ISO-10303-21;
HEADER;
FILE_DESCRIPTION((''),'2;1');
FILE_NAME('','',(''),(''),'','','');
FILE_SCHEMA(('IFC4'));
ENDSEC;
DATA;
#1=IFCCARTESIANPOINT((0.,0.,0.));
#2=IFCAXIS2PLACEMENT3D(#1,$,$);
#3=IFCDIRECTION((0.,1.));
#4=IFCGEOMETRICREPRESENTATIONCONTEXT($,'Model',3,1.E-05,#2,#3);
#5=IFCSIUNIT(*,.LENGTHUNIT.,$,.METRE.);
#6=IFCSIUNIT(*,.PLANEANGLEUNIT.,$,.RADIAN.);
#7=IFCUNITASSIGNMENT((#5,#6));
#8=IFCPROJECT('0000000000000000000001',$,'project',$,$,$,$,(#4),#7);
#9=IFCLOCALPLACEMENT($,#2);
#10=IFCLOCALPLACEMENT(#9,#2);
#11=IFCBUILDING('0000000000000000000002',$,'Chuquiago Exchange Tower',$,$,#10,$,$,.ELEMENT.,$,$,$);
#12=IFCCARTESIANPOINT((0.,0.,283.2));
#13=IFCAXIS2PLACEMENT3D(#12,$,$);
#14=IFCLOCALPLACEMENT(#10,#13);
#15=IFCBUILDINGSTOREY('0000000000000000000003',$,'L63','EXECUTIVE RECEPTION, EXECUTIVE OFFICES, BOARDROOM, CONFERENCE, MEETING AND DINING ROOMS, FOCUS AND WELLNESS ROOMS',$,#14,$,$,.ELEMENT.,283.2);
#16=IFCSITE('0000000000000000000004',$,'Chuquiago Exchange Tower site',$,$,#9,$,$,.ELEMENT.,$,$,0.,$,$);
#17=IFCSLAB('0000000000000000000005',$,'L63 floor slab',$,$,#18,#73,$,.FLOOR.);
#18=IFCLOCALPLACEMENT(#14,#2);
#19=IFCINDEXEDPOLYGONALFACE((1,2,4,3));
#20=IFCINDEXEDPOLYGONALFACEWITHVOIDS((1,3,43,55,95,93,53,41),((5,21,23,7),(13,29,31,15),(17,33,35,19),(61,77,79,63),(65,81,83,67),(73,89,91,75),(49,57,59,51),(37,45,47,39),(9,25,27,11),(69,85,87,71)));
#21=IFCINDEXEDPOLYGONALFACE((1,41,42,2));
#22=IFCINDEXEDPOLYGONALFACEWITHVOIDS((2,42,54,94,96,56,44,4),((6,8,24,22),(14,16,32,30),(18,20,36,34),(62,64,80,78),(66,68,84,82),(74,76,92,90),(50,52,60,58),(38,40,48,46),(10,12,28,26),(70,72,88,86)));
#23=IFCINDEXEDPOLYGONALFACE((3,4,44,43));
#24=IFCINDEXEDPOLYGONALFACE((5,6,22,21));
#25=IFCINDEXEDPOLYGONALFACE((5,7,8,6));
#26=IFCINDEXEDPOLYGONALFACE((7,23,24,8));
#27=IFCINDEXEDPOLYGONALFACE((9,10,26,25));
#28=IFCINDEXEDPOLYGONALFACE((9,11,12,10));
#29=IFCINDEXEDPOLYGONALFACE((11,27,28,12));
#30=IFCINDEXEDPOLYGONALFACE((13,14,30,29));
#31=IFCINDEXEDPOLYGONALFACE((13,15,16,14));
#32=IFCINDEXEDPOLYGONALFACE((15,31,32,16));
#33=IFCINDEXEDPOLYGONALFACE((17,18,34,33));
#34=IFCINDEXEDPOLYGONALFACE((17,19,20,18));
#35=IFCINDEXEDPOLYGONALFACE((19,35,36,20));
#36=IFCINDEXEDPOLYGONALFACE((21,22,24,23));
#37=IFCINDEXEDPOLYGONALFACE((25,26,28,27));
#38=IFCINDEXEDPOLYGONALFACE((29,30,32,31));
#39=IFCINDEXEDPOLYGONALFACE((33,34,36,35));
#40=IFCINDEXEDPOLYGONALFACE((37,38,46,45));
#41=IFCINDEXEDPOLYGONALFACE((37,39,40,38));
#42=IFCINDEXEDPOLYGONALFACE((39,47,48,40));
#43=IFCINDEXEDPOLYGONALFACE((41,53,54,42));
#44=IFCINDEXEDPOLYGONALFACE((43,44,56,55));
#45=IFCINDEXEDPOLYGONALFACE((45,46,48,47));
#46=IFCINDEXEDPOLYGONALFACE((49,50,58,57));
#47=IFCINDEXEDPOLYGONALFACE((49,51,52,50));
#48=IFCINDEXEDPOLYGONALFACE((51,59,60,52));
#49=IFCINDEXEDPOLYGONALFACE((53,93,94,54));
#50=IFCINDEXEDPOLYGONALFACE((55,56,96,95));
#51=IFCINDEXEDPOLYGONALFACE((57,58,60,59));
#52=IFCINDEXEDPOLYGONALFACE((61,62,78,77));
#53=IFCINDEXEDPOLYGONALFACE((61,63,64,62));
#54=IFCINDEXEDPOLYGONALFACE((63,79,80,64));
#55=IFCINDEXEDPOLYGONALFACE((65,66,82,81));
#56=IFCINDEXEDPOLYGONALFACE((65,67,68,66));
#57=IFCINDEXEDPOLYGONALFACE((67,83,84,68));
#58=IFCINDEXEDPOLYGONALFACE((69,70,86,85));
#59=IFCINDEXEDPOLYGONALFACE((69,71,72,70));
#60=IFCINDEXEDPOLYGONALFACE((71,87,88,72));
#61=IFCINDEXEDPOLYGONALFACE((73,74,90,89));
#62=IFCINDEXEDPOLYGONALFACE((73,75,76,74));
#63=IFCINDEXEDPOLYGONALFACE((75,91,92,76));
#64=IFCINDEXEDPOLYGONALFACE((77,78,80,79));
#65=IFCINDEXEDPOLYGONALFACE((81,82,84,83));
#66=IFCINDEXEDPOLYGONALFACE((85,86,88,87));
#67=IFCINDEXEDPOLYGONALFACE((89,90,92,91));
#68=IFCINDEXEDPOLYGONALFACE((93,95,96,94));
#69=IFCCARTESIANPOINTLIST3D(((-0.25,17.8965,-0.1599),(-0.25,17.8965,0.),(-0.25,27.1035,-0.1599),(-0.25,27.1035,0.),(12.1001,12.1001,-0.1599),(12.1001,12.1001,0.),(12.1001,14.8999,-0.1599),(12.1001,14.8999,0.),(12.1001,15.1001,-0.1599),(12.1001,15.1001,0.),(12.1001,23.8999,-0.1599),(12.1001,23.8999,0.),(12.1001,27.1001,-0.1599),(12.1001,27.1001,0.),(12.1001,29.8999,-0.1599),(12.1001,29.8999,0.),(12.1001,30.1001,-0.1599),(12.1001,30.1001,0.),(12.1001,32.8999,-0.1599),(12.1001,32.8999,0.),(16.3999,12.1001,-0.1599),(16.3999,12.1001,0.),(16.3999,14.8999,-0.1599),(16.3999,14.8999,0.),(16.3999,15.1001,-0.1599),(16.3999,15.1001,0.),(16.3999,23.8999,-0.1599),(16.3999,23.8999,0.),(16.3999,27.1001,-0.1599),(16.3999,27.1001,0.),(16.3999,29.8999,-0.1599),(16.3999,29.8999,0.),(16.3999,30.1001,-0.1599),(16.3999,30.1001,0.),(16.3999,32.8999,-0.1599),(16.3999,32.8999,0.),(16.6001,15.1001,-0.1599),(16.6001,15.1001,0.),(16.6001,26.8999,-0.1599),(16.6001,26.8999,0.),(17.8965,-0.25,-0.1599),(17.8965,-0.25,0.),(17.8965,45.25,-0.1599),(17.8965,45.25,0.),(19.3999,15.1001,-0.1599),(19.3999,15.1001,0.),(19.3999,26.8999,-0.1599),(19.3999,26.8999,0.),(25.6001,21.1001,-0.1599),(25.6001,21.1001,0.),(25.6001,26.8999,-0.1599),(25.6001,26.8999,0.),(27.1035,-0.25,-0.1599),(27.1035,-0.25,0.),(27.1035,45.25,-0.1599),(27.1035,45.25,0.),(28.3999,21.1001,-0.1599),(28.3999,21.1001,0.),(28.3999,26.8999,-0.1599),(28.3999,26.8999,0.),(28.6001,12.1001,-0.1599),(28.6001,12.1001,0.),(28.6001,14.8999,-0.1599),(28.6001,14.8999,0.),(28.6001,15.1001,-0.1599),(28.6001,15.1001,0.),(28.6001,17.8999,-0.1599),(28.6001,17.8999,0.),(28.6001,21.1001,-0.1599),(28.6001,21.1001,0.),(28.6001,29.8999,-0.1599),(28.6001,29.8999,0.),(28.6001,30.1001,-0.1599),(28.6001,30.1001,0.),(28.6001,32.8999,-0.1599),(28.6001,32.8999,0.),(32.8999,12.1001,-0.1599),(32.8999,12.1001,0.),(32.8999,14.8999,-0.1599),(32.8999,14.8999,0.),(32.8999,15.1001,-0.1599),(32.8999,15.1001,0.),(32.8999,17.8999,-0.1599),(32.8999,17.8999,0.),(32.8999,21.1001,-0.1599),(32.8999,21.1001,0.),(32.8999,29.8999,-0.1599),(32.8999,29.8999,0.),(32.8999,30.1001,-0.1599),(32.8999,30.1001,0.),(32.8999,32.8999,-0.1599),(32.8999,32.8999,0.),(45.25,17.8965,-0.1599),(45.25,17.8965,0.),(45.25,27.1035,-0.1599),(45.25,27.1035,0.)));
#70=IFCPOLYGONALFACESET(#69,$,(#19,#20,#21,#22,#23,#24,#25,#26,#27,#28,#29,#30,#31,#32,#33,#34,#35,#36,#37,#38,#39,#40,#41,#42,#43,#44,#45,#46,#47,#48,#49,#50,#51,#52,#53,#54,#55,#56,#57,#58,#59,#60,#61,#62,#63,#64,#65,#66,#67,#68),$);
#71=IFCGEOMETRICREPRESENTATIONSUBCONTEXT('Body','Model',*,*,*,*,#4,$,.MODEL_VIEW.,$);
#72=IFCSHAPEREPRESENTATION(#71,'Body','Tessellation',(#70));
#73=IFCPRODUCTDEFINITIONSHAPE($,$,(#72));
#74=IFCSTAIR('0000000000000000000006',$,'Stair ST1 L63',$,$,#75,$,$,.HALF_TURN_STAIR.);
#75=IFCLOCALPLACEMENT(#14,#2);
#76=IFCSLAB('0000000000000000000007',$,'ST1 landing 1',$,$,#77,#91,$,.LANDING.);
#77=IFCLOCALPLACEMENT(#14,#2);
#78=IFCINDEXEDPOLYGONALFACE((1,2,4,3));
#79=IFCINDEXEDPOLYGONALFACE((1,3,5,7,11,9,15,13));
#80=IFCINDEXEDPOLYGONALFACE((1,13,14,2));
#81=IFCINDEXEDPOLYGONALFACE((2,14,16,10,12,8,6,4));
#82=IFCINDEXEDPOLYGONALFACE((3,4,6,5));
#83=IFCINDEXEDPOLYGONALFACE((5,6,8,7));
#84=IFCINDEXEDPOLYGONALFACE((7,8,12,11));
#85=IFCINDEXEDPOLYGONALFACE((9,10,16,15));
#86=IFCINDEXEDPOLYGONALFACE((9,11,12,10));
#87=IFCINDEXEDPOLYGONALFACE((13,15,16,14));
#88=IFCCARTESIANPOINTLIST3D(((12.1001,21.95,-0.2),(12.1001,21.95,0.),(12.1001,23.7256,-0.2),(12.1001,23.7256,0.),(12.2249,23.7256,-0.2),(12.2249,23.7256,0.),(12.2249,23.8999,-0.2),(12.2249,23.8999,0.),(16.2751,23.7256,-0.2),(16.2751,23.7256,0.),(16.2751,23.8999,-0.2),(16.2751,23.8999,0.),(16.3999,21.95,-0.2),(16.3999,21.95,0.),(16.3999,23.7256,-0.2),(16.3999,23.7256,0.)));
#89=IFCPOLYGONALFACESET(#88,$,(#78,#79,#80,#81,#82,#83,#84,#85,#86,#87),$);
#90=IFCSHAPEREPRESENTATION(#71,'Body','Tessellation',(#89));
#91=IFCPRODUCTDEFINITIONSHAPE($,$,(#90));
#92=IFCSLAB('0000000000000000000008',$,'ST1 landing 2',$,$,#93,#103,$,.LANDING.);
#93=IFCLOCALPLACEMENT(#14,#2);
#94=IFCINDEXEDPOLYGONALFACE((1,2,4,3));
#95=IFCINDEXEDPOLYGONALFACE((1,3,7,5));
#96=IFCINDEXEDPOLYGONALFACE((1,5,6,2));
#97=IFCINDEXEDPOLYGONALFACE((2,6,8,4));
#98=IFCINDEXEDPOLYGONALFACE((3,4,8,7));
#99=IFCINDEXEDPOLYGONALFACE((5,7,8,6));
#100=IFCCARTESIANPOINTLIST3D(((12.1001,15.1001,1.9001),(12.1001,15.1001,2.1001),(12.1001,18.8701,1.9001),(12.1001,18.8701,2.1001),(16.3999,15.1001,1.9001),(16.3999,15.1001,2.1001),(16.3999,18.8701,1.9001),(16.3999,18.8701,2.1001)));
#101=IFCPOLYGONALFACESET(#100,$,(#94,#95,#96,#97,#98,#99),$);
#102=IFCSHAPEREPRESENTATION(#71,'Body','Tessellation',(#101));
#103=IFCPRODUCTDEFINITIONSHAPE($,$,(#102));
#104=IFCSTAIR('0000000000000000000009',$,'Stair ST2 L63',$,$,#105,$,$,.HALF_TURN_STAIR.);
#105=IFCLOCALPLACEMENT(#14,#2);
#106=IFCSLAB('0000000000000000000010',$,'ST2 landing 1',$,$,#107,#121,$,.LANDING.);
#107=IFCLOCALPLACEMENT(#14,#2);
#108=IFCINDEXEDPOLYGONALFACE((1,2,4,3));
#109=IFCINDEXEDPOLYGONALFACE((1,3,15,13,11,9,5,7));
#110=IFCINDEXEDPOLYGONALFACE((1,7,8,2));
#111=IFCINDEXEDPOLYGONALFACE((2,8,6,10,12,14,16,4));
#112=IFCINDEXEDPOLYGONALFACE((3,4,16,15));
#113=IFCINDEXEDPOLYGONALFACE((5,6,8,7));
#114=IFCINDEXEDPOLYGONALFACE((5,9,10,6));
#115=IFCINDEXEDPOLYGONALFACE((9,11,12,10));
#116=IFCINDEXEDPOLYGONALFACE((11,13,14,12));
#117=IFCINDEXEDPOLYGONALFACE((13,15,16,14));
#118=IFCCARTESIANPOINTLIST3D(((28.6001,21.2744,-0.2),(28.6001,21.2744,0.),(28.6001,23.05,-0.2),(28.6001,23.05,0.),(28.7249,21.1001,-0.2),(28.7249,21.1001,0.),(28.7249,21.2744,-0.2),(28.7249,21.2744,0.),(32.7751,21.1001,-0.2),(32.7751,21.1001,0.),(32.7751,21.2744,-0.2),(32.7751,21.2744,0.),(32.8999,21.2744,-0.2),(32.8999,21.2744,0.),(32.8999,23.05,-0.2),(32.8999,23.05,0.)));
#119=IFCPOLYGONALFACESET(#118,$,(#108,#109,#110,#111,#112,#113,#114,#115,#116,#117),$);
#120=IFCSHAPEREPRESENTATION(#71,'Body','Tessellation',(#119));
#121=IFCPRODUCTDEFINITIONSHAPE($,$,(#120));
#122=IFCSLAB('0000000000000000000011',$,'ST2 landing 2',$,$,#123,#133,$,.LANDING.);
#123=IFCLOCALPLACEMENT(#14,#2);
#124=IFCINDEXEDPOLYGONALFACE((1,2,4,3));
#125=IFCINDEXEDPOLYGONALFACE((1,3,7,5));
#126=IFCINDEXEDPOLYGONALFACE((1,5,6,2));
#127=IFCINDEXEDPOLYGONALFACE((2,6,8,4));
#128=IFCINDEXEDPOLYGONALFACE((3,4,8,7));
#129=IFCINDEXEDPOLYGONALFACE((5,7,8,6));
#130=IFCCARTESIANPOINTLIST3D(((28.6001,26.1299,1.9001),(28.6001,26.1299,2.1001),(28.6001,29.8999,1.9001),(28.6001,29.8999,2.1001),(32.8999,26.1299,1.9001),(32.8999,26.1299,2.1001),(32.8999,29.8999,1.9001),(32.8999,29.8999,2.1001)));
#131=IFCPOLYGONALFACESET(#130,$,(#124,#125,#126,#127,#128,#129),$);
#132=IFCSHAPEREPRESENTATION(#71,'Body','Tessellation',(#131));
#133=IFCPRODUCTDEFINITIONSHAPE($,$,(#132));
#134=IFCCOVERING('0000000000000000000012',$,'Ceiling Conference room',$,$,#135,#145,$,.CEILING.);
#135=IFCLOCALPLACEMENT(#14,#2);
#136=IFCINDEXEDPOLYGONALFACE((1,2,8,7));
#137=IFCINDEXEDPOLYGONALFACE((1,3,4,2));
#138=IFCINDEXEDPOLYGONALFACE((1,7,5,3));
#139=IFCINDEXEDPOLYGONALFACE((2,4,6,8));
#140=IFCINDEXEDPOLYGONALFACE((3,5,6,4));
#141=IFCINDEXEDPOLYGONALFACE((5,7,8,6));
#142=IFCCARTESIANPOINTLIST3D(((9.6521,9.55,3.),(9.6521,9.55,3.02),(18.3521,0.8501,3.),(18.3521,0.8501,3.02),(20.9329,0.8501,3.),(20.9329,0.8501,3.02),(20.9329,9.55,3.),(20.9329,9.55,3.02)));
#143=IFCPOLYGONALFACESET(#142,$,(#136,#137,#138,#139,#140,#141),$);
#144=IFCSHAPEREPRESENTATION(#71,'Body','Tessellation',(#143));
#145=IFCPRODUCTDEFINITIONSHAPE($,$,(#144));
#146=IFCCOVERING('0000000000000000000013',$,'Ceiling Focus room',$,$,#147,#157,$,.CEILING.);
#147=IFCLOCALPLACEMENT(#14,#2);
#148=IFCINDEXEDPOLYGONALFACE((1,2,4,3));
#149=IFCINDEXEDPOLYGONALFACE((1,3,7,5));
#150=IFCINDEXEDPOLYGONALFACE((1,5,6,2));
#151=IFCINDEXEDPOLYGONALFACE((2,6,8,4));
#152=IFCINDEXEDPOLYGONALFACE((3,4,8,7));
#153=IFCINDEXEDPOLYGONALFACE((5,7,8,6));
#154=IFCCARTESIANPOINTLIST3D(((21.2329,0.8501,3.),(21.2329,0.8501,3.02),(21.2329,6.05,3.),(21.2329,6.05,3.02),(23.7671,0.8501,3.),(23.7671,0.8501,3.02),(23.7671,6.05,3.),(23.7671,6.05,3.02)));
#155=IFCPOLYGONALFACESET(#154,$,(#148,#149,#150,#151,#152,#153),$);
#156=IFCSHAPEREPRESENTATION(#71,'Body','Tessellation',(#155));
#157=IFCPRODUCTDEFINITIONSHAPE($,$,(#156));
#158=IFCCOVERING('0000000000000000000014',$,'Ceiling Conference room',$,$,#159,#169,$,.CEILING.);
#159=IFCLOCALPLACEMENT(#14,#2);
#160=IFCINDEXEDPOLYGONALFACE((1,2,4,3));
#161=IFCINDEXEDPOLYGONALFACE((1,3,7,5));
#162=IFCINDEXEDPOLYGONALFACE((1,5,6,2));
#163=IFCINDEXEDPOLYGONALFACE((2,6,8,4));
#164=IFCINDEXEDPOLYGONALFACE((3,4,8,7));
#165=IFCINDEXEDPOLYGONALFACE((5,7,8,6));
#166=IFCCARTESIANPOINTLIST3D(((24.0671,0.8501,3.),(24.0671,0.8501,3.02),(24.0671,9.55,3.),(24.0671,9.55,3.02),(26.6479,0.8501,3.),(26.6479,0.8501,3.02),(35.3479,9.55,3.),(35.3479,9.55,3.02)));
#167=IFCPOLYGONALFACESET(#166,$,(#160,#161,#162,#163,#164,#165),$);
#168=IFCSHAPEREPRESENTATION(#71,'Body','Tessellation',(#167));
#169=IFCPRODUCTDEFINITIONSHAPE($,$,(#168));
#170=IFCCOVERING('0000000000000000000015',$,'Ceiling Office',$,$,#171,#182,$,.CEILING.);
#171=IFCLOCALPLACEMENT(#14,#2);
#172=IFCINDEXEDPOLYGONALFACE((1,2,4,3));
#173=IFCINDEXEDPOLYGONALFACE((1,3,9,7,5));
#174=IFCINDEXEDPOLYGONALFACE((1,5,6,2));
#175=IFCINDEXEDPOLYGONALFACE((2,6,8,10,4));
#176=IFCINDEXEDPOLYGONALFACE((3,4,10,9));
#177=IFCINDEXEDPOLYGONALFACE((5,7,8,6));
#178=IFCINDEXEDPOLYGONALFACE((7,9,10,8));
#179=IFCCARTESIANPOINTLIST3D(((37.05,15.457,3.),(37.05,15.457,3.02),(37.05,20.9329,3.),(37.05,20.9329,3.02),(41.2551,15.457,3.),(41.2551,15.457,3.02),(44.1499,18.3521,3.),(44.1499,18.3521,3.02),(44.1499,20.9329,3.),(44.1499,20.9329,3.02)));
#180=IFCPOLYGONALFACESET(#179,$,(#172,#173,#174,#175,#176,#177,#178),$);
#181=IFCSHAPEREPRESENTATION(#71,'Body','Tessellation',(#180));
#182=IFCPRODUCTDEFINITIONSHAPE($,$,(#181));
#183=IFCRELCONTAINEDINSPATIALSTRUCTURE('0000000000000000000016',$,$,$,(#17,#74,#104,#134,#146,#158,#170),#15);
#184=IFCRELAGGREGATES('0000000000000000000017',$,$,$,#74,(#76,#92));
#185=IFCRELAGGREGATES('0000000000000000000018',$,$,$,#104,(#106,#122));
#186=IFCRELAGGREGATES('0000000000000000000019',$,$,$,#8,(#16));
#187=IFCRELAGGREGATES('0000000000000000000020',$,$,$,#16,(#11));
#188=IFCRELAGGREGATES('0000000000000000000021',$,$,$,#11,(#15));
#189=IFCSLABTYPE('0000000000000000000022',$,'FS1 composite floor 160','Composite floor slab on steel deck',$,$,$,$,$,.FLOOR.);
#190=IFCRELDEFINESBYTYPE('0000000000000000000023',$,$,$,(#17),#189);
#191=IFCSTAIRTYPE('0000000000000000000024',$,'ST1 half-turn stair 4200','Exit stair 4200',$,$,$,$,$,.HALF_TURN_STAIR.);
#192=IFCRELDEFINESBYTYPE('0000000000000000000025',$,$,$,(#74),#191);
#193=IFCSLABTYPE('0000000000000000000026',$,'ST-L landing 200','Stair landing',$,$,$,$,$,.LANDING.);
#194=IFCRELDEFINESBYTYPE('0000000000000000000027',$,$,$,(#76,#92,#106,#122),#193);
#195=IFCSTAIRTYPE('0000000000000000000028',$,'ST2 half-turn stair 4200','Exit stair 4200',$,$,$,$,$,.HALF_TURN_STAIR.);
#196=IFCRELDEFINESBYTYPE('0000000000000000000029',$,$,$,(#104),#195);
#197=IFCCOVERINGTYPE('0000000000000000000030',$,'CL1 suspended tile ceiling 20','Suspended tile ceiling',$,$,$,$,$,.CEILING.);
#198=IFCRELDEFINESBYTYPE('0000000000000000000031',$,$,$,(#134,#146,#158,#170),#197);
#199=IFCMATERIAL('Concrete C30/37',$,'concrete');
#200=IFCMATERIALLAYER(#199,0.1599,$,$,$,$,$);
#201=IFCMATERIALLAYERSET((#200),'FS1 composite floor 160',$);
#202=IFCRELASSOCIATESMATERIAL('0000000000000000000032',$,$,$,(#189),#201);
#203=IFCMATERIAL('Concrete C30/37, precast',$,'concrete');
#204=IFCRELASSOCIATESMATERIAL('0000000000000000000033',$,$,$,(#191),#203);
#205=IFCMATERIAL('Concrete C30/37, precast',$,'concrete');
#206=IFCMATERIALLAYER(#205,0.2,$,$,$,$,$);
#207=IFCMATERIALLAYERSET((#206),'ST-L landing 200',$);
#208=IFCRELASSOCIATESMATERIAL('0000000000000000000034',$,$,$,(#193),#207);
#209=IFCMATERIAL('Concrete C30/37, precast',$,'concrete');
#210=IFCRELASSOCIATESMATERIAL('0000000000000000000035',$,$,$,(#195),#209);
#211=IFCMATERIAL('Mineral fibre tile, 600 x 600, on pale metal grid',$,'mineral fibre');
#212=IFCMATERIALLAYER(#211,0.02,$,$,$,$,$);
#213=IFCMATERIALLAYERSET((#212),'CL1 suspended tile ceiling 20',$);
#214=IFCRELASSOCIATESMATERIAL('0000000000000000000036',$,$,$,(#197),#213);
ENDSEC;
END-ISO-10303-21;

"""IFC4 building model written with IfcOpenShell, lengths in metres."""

from ifc_helpers import new_model, si_unit, direction, frame, origin, place, context, subcontext, project, spatial, polyline, outline, extrude, material, layer, layer_set, type_object, element, aggregate, save


model = new_model("IFC4")

# Units and contexts
model_context = context("Model", 3, precision=1e-05, world=origin(), true_north=direction((0.0, 1.0)))
body_context = subcontext(model_context, "Body", "Model", "MODEL_VIEW")
ifc_project = project(units=[si_unit("LENGTHUNIT", "METRE"), si_unit("PLANEANGLEUNIT", "RADIAN")], contexts=[model_context])

# Site, building, storey
site_placement = place(None, origin())
site = spatial("IfcSite", under=ifc_project, at=site_placement, Name="Chuquiago Exchange Tower site", CompositionType="ELEMENT", RefElevation=0.0)
building_placement = place(site_placement, origin())
building = spatial("IfcBuilding", under=site, at=building_placement, Name="Chuquiago Exchange Tower", CompositionType="ELEMENT")
storey_placement = place(building_placement, frame((0.0, 0.0, 283.2)))
storey = spatial("IfcBuildingStorey", under=building, at=storey_placement, Name="L63", Description="EXECUTIVE RECEPTION, EXECUTIVE OFFICES, BOARDROOM, CONFERENCE, MEETING AND DINING ROOMS, FOCUS AND WELLNESS ROOMS", CompositionType="ELEMENT", Elevation=283.2)

# Slab
ifc_material_1 = material(Name="Concrete C30/37", Category="concrete")
ifc_layer_1 = layer(ifc_material_1, 0.1599)
ifc_layer_set_1 = layer_set([ifc_layer_1], Name="FS1 composite floor 160")
slab_type_1 = type_object("IfcSlabType", Name="FS1 composite floor 160", Description="Composite floor slab on steel deck", PredefinedType="FLOOR", material=ifc_layer_set_1)
slab_1_placement = place(storey_placement, frame((0.0, 0.0, -0.1599)))
element("IfcSlab", 1, at=slab_1_placement, inside=storey, type_object=slab_type_1, Name="L63 floor slab", PredefinedType="FLOOR", context=body_context, shape_type="SweptSolid", body=[
    extrude(outline(polyline([(17.8965, -0.25), (-0.25, 17.8965), (-0.25, 27.1035), (17.8965, 45.25), (27.1035, 45.25), (45.25, 27.1035), (45.25, 17.8965), (27.1035, -0.25), (17.8965, -0.25)]), holes=[polyline([(16.3999, 15.1001), (12.1001, 15.1001), (12.1001, 23.8999), (16.3999, 23.8999), (16.3999, 15.1001)]), polyline([(32.8999, 21.1001), (28.6001, 21.1001), (28.6001, 29.8999), (32.8999, 29.8999), (32.8999, 21.1001)]), polyline([(16.3999, 12.1001), (12.1001, 12.1001), (12.1001, 14.8999), (16.3999, 14.8999), (16.3999, 12.1001)]), polyline([(16.3999, 30.1001), (12.1001, 30.1001), (12.1001, 32.8999), (16.3999, 32.8999), (16.3999, 30.1001)]), polyline([(32.8999, 12.1001), (28.6001, 12.1001), (28.6001, 14.8999), (32.8999, 14.8999), (32.8999, 12.1001)]), polyline([(32.8999, 30.1001), (28.6001, 30.1001), (28.6001, 32.8999), (32.8999, 32.8999), (32.8999, 30.1001)]), polyline([(16.3999, 27.1001), (12.1001, 27.1001), (12.1001, 29.8999), (16.3999, 29.8999), (16.3999, 27.1001)]), polyline([(32.8999, 15.1001), (28.6001, 15.1001), (28.6001, 17.8999), (32.8999, 17.8999), (32.8999, 15.1001)]), polyline([(19.3999, 15.1001), (16.6001, 15.1001), (16.6001, 26.8999), (19.3999, 26.8999), (19.3999, 15.1001)]), polyline([(28.3999, 21.1001), (25.6001, 21.1001), (25.6001, 26.8999), (28.3999, 26.8999), (28.3999, 21.1001)])]), origin(), (0.0, 0.0, 1.0), 0.1599),
])

# Stairs, slabs
ifc_material_2 = material(Name="Concrete C30/37, precast", Category="concrete")
stair_type_1 = type_object("IfcStairType", Name="ST1 half-turn stair 4200", Description="Exit stair 4200", PredefinedType="HALF_TURN_STAIR", material=ifc_material_2)
stair_1_placement = place(storey_placement, origin())
stair_1 = element("IfcStair", 2, at=stair_1_placement, inside=storey, type_object=stair_type_1, Name="Stair ST1 L63", PredefinedType="HALF_TURN_STAIR")
ifc_material_3 = material(Name="Concrete C30/37, precast", Category="concrete")
ifc_layer_2 = layer(ifc_material_3, 0.2)
ifc_layer_set_2 = layer_set([ifc_layer_2], Name="ST-L landing 200")
slab_type_2 = type_object("IfcSlabType", Name="ST-L landing 200", Description="Stair landing", PredefinedType="LANDING", material=ifc_layer_set_2)
slab_2_placement = place(storey_placement, frame((0.0, 0.0, -0.2)))
slab_2 = element("IfcSlab", 3, at=slab_2_placement, type_object=slab_type_2, Name="ST1 landing 1", PredefinedType="LANDING", context=body_context, shape_type="SweptSolid", body=[
    extrude(outline(polyline([(12.2249, 23.8999), (16.2751, 23.8999), (16.2751, 23.7256), (16.3999, 23.7256), (16.3999, 21.95), (12.1001, 21.95), (12.1001, 23.7256), (12.2249, 23.7256), (12.2249, 23.8999)])), origin(), (0.0, 0.0, 1.0), 0.2),
])
slab_3_placement = place(storey_placement, frame((0.0, 0.0, 1.9001)))
slab_3 = element("IfcSlab", 4, at=slab_3_placement, type_object=slab_type_2, Name="ST1 landing 2", PredefinedType="LANDING", context=body_context, shape_type="SweptSolid", body=[
    extrude(outline(polyline([(12.1001, 18.8701), (16.3999, 18.8701), (16.3999, 15.1001), (12.1001, 15.1001), (12.1001, 18.8701)])), origin(), (0.0, 0.0, 1.0), 0.2),
])
aggregate(stair_1, [slab_2, slab_3])
ifc_material_4 = material(Name="Concrete C30/37, precast", Category="concrete")
stair_type_2 = type_object("IfcStairType", Name="ST2 half-turn stair 4200", Description="Exit stair 4200", PredefinedType="HALF_TURN_STAIR", material=ifc_material_4)
stair_2_placement = place(storey_placement, origin())
stair_2 = element("IfcStair", 5, at=stair_2_placement, inside=storey, type_object=stair_type_2, Name="Stair ST2 L63", PredefinedType="HALF_TURN_STAIR")
slab_4_placement = place(storey_placement, frame((0.0, 0.0, -0.2)))
slab_4 = element("IfcSlab", 6, at=slab_4_placement, type_object=slab_type_2, Name="ST2 landing 1", PredefinedType="LANDING", context=body_context, shape_type="SweptSolid", body=[
    extrude(outline(polyline([(32.7751, 21.2744), (32.7751, 21.1001), (28.7249, 21.1001), (28.7249, 21.2744), (28.6001, 21.2744), (28.6001, 23.05), (32.8999, 23.05), (32.8999, 21.2744), (32.7751, 21.2744)])), origin(), (0.0, 0.0, 1.0), 0.2),
])
slab_5_placement = place(storey_placement, frame((0.0, 0.0, 1.9001)))
slab_5 = element("IfcSlab", 7, at=slab_5_placement, type_object=slab_type_2, Name="ST2 landing 2", PredefinedType="LANDING", context=body_context, shape_type="SweptSolid", body=[
    extrude(outline(polyline([(28.6001, 29.8999), (32.8999, 29.8999), (32.8999, 26.1299), (28.6001, 26.1299), (28.6001, 29.8999)])), origin(), (0.0, 0.0, 1.0), 0.2),
])
aggregate(stair_2, [slab_4, slab_5])

# Coverings
ifc_material_5 = material(Name="Mineral fibre tile, 600 x 600, on pale metal grid", Category="mineral fibre")
ifc_layer_3 = layer(ifc_material_5, 0.02)
ifc_layer_set_3 = layer_set([ifc_layer_3], Name="CL1 suspended tile ceiling 20")
covering_type_1 = type_object("IfcCoveringType", Name="CL1 suspended tile ceiling 20", Description="Suspended tile ceiling", PredefinedType="CEILING", material=ifc_layer_set_3)
covering_1_placement = place(storey_placement, frame((0.0, 0.0, 3.0)))
element("IfcCovering", 8, at=covering_1_placement, inside=storey, type_object=covering_type_1, Name="Ceiling Conference room", PredefinedType="CEILING", context=body_context, shape_type="SweptSolid", body=[
    extrude(outline(polyline([(20.9329, 9.55), (20.9329, 0.8501), (18.3521, 0.8501), (9.6521, 9.55), (20.9329, 9.55)])), origin(), (0.0, 0.0, 1.0), 0.02),
])
covering_2_placement = place(storey_placement, frame((0.0, 0.0, 3.0)))
element("IfcCovering", 9, at=covering_2_placement, inside=storey, type_object=covering_type_1, Name="Ceiling Focus room", PredefinedType="CEILING", context=body_context, shape_type="SweptSolid", body=[
    extrude(outline(polyline([(21.2329, 6.05), (23.7671, 6.05), (23.7671, 0.8501), (21.2329, 0.8501), (21.2329, 6.05)])), origin(), (0.0, 0.0, 1.0), 0.02),
])
covering_3_placement = place(storey_placement, frame((0.0, 0.0, 3.0)))
element("IfcCovering", 10, at=covering_3_placement, inside=storey, type_object=covering_type_1, Name="Ceiling Conference room", PredefinedType="CEILING", context=body_context, shape_type="SweptSolid", body=[
    extrude(outline(polyline([(24.0671, 0.8501), (24.0671, 9.55), (35.3479, 9.55), (26.6479, 0.8501), (24.0671, 0.8501)])), origin(), (0.0, 0.0, 1.0), 0.02),
])
covering_4_placement = place(storey_placement, frame((0.0, 0.0, 3.0)))
element("IfcCovering", 11, at=covering_4_placement, inside=storey, type_object=covering_type_1, Name="Ceiling Office", PredefinedType="CEILING", context=body_context, shape_type="SweptSolid", body=[
    extrude(outline(polyline([(41.2551, 15.457), (37.05, 15.457), (37.05, 20.9329), (44.1499, 20.9329), (44.1499, 18.3521), (41.2551, 15.457)])), origin(), (0.0, 0.0, 1.0), 0.02),
])

save(model, "model.ifc")
